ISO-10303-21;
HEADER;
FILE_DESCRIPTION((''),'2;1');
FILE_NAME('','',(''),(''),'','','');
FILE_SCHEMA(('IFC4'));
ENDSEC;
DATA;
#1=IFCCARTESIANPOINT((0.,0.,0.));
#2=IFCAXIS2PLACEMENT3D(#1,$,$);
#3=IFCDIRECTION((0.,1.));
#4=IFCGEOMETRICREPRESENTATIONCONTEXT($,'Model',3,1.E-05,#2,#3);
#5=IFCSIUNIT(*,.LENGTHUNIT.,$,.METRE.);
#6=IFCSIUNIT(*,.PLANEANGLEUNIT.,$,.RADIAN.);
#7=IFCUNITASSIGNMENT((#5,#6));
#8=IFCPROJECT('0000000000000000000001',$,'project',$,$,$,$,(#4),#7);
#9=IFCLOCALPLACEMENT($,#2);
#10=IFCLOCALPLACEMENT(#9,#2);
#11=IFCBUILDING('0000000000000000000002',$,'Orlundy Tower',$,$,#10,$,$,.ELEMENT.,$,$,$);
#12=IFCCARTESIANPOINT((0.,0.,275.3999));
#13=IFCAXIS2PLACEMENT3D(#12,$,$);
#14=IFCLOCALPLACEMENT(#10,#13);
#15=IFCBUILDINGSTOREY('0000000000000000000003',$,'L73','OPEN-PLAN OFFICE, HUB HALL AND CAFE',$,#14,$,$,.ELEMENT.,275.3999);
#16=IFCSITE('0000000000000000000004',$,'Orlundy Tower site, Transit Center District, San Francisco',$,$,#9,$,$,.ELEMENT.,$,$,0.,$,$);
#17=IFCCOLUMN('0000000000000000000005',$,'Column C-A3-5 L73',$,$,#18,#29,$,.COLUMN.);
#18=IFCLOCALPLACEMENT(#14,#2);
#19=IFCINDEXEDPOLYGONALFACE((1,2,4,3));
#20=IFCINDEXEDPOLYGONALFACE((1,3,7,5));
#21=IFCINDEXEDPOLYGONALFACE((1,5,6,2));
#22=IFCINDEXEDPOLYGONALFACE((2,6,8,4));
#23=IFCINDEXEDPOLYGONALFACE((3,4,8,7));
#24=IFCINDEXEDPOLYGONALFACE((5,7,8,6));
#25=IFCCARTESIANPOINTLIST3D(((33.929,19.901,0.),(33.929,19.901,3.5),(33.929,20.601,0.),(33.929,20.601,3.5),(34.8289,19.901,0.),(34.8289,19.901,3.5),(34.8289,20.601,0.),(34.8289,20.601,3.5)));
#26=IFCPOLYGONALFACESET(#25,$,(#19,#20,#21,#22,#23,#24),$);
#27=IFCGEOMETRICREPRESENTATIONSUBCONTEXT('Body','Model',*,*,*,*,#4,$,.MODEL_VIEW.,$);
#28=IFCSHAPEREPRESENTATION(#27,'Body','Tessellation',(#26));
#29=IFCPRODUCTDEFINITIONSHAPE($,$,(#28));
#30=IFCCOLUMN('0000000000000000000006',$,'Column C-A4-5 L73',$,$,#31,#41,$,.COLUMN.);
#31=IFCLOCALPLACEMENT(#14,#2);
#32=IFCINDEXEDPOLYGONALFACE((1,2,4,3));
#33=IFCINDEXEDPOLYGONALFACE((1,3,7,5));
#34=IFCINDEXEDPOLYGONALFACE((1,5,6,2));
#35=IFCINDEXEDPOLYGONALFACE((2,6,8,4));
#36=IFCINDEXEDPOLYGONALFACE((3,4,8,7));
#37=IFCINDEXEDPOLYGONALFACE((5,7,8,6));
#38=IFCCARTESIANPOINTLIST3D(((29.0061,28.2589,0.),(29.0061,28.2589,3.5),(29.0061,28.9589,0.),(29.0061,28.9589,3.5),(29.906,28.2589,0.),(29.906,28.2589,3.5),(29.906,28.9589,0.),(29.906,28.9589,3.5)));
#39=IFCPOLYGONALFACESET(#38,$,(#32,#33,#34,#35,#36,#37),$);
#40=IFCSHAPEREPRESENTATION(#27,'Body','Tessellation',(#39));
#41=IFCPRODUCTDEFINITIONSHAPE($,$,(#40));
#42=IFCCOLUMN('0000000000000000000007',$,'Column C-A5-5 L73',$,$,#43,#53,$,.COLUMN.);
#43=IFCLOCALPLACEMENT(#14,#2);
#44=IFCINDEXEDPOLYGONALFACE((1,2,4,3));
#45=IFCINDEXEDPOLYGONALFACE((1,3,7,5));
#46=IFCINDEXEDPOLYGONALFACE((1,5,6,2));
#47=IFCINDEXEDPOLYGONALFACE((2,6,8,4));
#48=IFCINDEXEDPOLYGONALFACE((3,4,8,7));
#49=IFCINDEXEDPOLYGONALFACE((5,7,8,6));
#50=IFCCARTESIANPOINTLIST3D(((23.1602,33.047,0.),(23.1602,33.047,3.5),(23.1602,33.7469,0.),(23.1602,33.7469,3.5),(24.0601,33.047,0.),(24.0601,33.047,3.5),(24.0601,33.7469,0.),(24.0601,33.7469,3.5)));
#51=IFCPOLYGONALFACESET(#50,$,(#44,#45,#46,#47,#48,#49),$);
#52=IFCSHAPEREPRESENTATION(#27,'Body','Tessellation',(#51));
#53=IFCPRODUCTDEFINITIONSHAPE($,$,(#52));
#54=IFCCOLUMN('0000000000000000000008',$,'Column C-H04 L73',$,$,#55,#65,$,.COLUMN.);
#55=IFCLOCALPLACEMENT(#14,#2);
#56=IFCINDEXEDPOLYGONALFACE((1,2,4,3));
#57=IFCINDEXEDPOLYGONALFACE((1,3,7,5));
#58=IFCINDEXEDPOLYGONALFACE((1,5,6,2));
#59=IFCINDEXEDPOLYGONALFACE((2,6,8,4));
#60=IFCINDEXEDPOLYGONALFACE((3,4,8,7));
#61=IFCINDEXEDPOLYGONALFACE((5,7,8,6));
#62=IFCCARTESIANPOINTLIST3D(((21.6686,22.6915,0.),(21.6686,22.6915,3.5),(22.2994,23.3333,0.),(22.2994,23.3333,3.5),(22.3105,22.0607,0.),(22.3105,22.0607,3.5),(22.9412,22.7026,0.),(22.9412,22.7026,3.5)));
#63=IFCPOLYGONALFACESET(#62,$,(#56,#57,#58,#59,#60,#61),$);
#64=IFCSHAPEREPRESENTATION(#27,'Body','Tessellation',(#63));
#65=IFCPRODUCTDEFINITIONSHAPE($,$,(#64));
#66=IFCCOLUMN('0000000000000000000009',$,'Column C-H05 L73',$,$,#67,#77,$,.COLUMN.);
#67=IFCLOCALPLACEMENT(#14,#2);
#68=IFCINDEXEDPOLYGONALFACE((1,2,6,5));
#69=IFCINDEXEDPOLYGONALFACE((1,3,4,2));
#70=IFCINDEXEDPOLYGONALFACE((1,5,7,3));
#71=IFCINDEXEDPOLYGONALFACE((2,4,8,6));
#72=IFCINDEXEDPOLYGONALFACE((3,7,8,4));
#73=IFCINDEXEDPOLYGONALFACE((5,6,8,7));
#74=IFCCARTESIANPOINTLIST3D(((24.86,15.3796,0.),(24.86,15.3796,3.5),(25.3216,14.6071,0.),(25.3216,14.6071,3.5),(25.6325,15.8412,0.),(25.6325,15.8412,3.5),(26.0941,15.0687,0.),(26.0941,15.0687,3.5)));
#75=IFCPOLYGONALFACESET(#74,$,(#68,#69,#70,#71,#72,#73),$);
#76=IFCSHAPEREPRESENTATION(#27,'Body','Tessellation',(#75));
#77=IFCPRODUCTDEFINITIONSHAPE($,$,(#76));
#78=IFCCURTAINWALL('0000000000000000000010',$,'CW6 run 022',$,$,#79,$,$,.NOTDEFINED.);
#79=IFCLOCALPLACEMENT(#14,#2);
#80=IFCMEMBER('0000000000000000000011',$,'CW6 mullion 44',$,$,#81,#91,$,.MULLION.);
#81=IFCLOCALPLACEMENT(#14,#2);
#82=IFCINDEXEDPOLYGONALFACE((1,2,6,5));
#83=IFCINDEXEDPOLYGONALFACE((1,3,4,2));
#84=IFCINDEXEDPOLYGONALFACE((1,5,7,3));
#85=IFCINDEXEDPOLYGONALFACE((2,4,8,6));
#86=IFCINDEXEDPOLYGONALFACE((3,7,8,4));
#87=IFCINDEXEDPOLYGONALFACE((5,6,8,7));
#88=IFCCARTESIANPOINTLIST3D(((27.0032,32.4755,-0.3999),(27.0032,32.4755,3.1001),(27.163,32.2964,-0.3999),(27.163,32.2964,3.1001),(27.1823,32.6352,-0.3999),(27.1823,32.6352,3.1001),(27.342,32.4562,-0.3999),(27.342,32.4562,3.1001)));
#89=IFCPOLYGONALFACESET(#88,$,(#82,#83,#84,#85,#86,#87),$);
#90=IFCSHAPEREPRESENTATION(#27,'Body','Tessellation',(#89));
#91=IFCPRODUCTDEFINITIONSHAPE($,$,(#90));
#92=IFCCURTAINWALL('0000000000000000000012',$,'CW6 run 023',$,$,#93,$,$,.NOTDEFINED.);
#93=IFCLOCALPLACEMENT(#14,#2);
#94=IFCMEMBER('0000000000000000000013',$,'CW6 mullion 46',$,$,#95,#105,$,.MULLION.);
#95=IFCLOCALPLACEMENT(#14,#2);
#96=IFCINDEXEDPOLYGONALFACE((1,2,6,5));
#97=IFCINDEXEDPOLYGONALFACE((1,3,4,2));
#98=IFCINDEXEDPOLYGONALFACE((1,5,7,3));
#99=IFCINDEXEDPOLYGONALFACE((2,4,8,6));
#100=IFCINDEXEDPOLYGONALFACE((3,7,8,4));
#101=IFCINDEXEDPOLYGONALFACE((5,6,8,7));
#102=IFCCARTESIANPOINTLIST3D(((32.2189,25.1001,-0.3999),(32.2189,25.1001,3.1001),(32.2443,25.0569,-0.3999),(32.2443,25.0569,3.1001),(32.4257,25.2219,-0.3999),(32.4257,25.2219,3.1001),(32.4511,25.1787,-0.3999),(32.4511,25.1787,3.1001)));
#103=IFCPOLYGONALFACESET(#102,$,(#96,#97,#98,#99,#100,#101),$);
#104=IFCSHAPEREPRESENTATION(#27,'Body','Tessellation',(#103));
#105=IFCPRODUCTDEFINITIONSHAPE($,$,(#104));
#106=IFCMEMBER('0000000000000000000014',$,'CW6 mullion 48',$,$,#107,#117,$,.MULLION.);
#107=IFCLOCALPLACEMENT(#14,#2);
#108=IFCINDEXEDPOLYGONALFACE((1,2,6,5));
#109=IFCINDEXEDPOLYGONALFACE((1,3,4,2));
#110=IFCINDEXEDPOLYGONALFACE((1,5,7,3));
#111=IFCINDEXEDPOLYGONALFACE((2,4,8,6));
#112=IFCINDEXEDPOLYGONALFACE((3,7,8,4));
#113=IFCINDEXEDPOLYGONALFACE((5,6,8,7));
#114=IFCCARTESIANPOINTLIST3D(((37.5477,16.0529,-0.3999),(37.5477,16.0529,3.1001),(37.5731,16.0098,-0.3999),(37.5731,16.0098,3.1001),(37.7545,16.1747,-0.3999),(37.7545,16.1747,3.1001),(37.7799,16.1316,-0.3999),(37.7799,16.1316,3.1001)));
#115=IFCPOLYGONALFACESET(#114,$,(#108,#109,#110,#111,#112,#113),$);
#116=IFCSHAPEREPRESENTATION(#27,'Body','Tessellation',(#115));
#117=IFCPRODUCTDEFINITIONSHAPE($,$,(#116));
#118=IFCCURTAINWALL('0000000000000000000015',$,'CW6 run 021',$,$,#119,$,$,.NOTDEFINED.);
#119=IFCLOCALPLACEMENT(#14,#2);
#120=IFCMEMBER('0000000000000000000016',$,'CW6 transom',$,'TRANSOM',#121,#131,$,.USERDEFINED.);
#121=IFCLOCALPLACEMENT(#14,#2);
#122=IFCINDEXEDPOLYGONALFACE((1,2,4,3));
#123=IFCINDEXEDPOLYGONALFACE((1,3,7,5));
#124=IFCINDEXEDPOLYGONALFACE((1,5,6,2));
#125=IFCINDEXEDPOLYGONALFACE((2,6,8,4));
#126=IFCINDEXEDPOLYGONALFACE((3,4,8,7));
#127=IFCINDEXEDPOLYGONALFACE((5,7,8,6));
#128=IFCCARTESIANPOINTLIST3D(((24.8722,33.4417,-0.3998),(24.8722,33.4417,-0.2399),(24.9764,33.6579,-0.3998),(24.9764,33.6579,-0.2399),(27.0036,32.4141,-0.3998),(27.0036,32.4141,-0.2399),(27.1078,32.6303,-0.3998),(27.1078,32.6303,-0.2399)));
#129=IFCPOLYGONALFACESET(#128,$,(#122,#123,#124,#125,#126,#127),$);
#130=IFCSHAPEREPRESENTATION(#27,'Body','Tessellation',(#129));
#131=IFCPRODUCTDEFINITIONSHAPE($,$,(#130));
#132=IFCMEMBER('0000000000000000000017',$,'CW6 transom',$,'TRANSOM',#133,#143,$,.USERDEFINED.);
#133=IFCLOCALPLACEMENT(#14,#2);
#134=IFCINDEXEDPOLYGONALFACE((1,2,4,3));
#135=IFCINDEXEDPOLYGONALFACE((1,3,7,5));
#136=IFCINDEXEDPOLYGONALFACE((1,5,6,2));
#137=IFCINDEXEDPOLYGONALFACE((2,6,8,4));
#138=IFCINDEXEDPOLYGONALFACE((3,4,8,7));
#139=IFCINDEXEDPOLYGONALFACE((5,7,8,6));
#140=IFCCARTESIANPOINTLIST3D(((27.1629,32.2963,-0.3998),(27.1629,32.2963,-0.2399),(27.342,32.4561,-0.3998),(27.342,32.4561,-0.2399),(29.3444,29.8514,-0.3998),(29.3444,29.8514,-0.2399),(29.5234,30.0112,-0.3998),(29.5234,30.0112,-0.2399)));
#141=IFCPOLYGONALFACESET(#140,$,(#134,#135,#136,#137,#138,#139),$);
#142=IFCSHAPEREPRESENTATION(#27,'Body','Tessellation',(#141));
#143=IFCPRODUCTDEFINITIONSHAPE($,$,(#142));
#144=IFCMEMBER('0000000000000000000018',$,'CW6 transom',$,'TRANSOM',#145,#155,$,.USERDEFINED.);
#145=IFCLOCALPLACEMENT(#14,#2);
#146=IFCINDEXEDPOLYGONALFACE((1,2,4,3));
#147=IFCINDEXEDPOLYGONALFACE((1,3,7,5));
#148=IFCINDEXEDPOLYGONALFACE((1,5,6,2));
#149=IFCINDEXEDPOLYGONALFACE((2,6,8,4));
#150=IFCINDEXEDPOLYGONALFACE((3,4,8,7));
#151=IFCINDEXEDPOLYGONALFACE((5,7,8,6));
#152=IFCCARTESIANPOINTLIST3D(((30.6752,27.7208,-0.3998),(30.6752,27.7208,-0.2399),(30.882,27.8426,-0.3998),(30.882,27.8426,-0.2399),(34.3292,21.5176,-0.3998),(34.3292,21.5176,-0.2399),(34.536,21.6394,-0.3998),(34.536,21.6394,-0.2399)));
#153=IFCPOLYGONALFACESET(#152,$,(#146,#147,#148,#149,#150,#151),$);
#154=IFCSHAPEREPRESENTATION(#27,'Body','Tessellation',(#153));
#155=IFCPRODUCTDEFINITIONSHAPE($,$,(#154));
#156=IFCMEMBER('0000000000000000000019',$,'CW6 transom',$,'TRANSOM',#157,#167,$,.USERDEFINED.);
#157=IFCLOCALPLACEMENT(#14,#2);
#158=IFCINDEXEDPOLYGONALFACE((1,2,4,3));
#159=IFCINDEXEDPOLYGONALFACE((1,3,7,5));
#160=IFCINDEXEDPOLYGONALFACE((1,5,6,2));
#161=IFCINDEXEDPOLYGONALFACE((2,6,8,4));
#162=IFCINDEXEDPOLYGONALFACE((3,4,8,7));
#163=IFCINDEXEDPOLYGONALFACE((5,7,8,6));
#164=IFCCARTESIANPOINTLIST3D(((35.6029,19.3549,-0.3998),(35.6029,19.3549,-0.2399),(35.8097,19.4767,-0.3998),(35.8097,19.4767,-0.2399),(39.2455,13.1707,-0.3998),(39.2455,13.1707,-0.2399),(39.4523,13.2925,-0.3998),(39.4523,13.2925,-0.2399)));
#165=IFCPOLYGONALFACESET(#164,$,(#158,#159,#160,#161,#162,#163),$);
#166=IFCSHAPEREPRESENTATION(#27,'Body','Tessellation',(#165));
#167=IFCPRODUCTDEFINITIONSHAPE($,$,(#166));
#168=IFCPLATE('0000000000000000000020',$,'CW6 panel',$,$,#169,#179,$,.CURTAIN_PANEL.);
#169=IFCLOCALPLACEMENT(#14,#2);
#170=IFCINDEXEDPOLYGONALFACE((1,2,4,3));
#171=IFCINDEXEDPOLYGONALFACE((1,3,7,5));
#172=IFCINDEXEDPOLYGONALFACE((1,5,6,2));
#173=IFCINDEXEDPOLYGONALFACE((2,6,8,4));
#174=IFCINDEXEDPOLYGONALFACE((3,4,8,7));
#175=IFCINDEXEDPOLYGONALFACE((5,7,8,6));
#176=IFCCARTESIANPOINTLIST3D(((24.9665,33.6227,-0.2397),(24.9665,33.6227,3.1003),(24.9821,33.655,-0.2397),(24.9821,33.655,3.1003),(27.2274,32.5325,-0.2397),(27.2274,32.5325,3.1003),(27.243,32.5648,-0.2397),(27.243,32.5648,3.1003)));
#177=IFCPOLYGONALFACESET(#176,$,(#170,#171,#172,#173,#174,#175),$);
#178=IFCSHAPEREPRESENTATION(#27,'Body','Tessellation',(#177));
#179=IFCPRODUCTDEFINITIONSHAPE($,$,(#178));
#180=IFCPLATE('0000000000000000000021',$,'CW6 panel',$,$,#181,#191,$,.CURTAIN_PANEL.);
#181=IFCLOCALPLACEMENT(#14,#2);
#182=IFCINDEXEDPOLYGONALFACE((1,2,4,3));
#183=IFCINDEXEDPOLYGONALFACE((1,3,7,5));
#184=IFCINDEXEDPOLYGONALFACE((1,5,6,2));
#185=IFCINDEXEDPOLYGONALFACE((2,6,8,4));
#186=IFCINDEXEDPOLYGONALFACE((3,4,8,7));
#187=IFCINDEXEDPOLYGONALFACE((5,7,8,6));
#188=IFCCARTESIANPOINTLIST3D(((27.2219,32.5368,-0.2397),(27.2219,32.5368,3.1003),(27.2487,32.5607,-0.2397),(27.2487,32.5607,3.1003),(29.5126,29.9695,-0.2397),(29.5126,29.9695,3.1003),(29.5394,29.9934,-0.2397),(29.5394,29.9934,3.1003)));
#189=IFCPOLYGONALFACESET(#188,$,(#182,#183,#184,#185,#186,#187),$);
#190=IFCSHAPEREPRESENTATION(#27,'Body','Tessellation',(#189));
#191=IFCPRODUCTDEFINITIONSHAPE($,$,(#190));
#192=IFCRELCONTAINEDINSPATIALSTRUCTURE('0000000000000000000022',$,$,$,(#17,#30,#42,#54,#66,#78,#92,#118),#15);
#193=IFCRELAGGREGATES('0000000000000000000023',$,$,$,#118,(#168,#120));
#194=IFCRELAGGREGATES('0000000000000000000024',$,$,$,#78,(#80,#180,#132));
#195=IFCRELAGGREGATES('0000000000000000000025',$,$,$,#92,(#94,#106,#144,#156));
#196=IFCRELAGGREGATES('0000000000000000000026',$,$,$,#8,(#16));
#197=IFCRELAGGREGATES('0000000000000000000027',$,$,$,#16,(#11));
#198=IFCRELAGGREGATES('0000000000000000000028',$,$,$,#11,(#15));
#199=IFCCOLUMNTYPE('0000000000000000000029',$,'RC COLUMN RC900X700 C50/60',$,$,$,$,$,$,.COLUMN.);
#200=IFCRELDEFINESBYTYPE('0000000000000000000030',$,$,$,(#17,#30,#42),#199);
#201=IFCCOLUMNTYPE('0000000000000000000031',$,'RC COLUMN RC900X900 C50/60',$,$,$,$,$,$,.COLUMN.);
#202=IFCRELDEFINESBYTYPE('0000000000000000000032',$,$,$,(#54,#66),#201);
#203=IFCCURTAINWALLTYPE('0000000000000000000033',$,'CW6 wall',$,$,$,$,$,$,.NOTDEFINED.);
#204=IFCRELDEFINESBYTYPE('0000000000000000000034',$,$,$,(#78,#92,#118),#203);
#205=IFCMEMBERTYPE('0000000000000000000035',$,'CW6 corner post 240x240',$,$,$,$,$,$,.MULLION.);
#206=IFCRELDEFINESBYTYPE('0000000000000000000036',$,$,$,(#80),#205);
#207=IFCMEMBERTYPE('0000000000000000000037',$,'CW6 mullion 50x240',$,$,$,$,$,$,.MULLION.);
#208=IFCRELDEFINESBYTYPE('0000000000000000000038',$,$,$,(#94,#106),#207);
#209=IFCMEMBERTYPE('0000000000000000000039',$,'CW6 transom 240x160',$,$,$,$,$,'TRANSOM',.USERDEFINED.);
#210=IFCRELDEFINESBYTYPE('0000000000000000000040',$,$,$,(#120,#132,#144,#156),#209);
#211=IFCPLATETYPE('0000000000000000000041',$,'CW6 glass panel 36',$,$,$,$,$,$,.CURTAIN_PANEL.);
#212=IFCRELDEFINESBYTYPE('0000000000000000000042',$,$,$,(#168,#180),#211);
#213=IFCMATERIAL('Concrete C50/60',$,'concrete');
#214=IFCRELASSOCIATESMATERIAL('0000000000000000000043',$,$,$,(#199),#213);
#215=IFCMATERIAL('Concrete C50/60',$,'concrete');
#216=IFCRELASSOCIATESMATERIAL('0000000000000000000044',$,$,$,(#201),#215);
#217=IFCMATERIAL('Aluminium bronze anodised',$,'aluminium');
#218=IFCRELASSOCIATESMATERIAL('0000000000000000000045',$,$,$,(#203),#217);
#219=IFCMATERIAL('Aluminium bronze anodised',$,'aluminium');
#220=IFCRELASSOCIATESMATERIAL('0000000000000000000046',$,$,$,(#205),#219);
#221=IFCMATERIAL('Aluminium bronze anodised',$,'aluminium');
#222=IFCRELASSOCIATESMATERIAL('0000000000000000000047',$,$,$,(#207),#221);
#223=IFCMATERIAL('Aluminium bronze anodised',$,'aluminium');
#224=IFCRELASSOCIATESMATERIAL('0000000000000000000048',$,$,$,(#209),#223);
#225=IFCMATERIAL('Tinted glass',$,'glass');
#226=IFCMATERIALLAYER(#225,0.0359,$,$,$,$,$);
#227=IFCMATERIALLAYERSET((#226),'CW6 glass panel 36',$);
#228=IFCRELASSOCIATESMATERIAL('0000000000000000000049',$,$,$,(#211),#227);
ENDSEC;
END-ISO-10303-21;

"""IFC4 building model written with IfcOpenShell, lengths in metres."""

from ifc_helpers import new_model, si_unit, direction, frame, origin, origin_2d, place, context, subcontext, project, spatial, rectangle, extrude, material, layer, layer_set, material_profile, profile_set, type_object, element, aggregate, save


model = new_model("IFC4")

# Units and contexts
model_context = context("Model", 3, precision=1e-05, world=origin(), true_north=direction((0.0, 1.0)))
body_context = subcontext(model_context, "Body", "Model", "MODEL_VIEW")
ifc_project = project(units=[si_unit("LENGTHUNIT", "METRE"), si_unit("PLANEANGLEUNIT", "RADIAN")], contexts=[model_context])

# Site, building, storey
site_placement = place(None, origin())
site = spatial("IfcSite", under=ifc_project, at=site_placement, Name="Orlundy Tower site, Transit Center District, San Francisco", CompositionType="ELEMENT", RefElevation=0.0)
building_placement = place(site_placement, origin())
building = spatial("IfcBuilding", under=site, at=building_placement, Name="Orlundy Tower", CompositionType="ELEMENT")
storey_placement = place(building_placement, frame((0.0, 0.0, 275.3999)))
storey = spatial("IfcBuildingStorey", under=building, at=storey_placement, Name="L73", Description="OPEN-PLAN OFFICE, HUB HALL AND CAFE", CompositionType="ELEMENT", Elevation=275.3999)

# Columns
ifc_material_1 = material(Name="Concrete C50/60", Category="concrete")
ifc_material_profile_1 = material_profile(ifc_material_1, rectangle(XDim=0.8999, YDim=0.7, at=origin_2d()), Name="RC900X700")
ifc_profile_set_1 = profile_set([ifc_material_profile_1], Name="Concrete C50/60")
column_type_1 = type_object("IfcColumnType", Name="RC COLUMN RC900X700 C50/60", PredefinedType="COLUMN", material=ifc_profile_set_1)
for number, where, z_axis, x_axis, name in (
    (1, (34.3789, 20.251, 0.0), (0.0, 0.0, 1.0), (1.0, 0.0, 0.0), "Column C-A3-5 L73"),
    (2, (29.4561, 28.6089, 0.0), (0.0, 0.0, 1.0), (1.0, 0.0, 0.0), "Column C-A4-5 L73"),
    (3, (23.6101, 33.397, 0.0), (0.0, 0.0, 1.0), (1.0, 0.0, 0.0), "Column C-A5-5 L73"),
):
    element("IfcColumn", number, at=place(storey_placement, frame(where, z_axis=z_axis, x_axis=x_axis)), inside=storey, type_object=column_type_1, Name=name, PredefinedType="COLUMN", context=body_context, shape_type="SweptSolid", body=[
        extrude(rectangle(XDim=0.8999, YDim=0.7, at=origin_2d()), origin(), (0.0, 0.0, 1.0), 3.5),
    ])
ifc_material_2 = material(Name="Concrete C50/60", Category="concrete")
ifc_material_profile_2 = material_profile(ifc_material_2, rectangle(XDim=0.8999, YDim=0.8999, at=origin_2d()), Name="RC900X900")
ifc_profile_set_2 = profile_set([ifc_material_profile_2], Name="Concrete C50/60")
column_type_2 = type_object("IfcColumnType", Name="RC COLUMN RC900X900 C50/60", PredefinedType="COLUMN", material=ifc_profile_set_2)
for number, where, z_axis, x_axis, name in (
    (4, (22.3049, 22.697, 0.0), (0.0, 0.0, 1.0), (0.700922, 0.713238, 0.0), "Column C-H04 L73"),
    (5, (25.4771, 15.2241, 0.0), (0.0, 0.0, 1.0), (0.858414, 0.512957, 0.0), "Column C-H05 L73"),
):
    element("IfcColumn", number, at=place(storey_placement, frame(where, z_axis=z_axis, x_axis=x_axis)), inside=storey, type_object=column_type_2, Name=name, PredefinedType="COLUMN", context=body_context, shape_type="SweptSolid", body=[
        extrude(rectangle(XDim=0.8999, YDim=0.8999, at=origin_2d()), origin(), (0.0, 0.0, 1.0), 3.5),
    ])

# Curtain wall, member
ifc_material_3 = material(Name="Aluminium bronze anodised", Category="aluminium")
curtain_wall_type = type_object("IfcCurtainWallType", Name="CW6 wall", PredefinedType="NOTDEFINED", material=ifc_material_3)
curtain_wall_1_placement = place(storey_placement, origin())
curtain_wall_1 = element("IfcCurtainWall", 6, at=curtain_wall_1_placement, inside=storey, type_object=curtain_wall_type, Name="CW6 run 022", PredefinedType="NOTDEFINED")
ifc_material_4 = material(Name="Aluminium bronze anodised", Category="aluminium")
ifc_material_profile_3 = material_profile(ifc_material_4, rectangle(XDim=0.24, YDim=0.24, at=origin_2d()), Name="CW6 corner post 240x240")
ifc_profile_set_3 = profile_set([ifc_material_profile_3], Name="Aluminium bronze anodised")
member_type_1 = type_object("IfcMemberType", Name="CW6 corner post 240x240", PredefinedType="MULLION", material=ifc_profile_set_3)
member_1_placement = place(storey_placement, frame((27.1726, 32.4658, -0.3999), z_axis=(0.0, 0.0, 1.0), x_axis=(0.746158, 0.665769, 0.0)))
member_1 = element("IfcMember", 7, at=member_1_placement, type_object=member_type_1, Name="CW6 mullion 44", PredefinedType="MULLION", context=body_context, shape_type="SweptSolid", body=[
    extrude(rectangle(XDim=0.24, YDim=0.24, at=origin_2d()), origin(), (0.0, 0.0, 1.0), 3.5),
])

# Curtain wall, members
curtain_wall_2_placement = place(storey_placement, origin())
curtain_wall_2 = element("IfcCurtainWall", 8, at=curtain_wall_2_placement, inside=storey, type_object=curtain_wall_type, Name="CW6 run 023", PredefinedType="NOTDEFINED")
ifc_material_5 = material(Name="Aluminium bronze anodised", Category="aluminium")
ifc_material_profile_4 = material_profile(ifc_material_5, rectangle(XDim=0.24, YDim=0.05, at=origin_2d()), Name="CW6 mullion 50x240")
ifc_profile_set_4 = profile_set([ifc_material_profile_4], Name="Aluminium bronze anodised")
member_type_2 = type_object("IfcMemberType", Name="CW6 mullion 50x240", PredefinedType="MULLION", material=ifc_profile_set_4)
member_2_placement = place(storey_placement, frame((32.335, 25.1394, -0.3999), z_axis=(0.0, 0.0, 1.0), x_axis=(0.861633, 0.507532, 0.0)))
member_2 = element("IfcMember", 9, at=member_2_placement, type_object=member_type_2, Name="CW6 mullion 46", PredefinedType="MULLION", context=body_context, shape_type="SweptSolid", body=[
    extrude(rectangle(XDim=0.24, YDim=0.05, at=origin_2d()), origin(), (0.0, 0.0, 1.0), 3.5),
])
member_3_placement = place(storey_placement, frame((37.6638, 16.0923, -0.3999), z_axis=(0.0, 0.0, 1.0), x_axis=(0.861633, 0.507532, 0.0)))
member_3 = element("IfcMember", 10, at=member_3_placement, type_object=member_type_2, Name="CW6 mullion 48", PredefinedType="MULLION", context=body_context, shape_type="SweptSolid", body=[
    extrude(rectangle(XDim=0.24, YDim=0.05, at=origin_2d()), origin(), (0.0, 0.0, 1.0), 3.5),
])

# Curtain wall, member
curtain_wall_3_placement = place(storey_placement, origin())
curtain_wall_3 = element("IfcCurtainWall", 11, at=curtain_wall_3_placement, inside=storey, type_object=curtain_wall_type, Name="CW6 run 021", PredefinedType="NOTDEFINED")
ifc_material_6 = material(Name="Aluminium bronze anodised", Category="aluminium")
ifc_material_profile_5 = material_profile(ifc_material_6, rectangle(XDim=0.24, YDim=0.1599, at=origin_2d()), Name="CW6 transom 240x160")
ifc_profile_set_5 = profile_set([ifc_material_profile_5], Name="Aluminium bronze anodised")
member_type_3 = type_object("IfcMemberType", Name="CW6 transom 240x160", ElementType="TRANSOM", PredefinedType="USERDEFINED", material=ifc_profile_set_5)
member_4_placement = place(storey_placement, frame((24.9243, 33.5498, -0.3198), z_axis=(0.900773, -0.43429, 0.0), x_axis=(0.43429, 0.900773, 0.0)))
member_4 = element("IfcMember", 12, at=member_4_placement, type_object=member_type_3, Name="CW6 transom", ObjectType="TRANSOM", PredefinedType="USERDEFINED", context=body_context, shape_type="SweptSolid", body=[
    extrude(rectangle(XDim=0.24, YDim=0.1599, at=origin_2d()), origin(), (0.0, 0.0, 1.0), 2.3662),
])

# Members
member_5_placement = place(storey_placement, frame((27.2524, 32.3762, -0.3198), z_axis=(0.665764, -0.746162, 0.0), x_axis=(0.746162, 0.665764, 0.0)))
member_5 = element("IfcMember", 13, at=member_5_placement, type_object=member_type_3, Name="CW6 transom", ObjectType="TRANSOM", PredefinedType="USERDEFINED", context=body_context, shape_type="SweptSolid", body=[
    extrude(rectangle(XDim=0.24, YDim=0.1599, at=origin_2d()), origin(), (0.0, 0.0, 1.0), 3.2766),
])
member_6_placement = place(storey_placement, frame((30.7786, 27.7817, -0.3198), z_axis=(0.507537, -0.86163, 0.0), x_axis=(0.86163, 0.507537, 0.0)))
member_6 = element("IfcMember", 14, at=member_6_placement, type_object=member_type_3, Name="CW6 transom", ObjectType="TRANSOM", PredefinedType="USERDEFINED", context=body_context, shape_type="SweptSolid", body=[
    extrude(rectangle(XDim=0.24, YDim=0.1599, at=origin_2d()), origin(), (0.0, 0.0, 1.0), 7.1995),
])
member_7_placement = place(storey_placement, frame((35.7063, 19.4158, -0.3198), z_axis=(0.507525, -0.861637, 0.0), x_axis=(0.861637, 0.507525, 0.0)))
member_7 = element("IfcMember", 15, at=member_7_placement, type_object=member_type_3, Name="CW6 transom", ObjectType="TRANSOM", PredefinedType="USERDEFINED", context=body_context, shape_type="SweptSolid", body=[
    extrude(rectangle(XDim=0.24, YDim=0.1599, at=origin_2d()), origin(), (0.0, 0.0, 1.0), 7.1772),
])

# Plates
ifc_material_7 = material(Name="Tinted glass", Category="glass")
ifc_layer = layer(ifc_material_7, 0.0359)
ifc_layer_set = layer_set([ifc_layer], Name="CW6 glass panel 36")
plate_type = type_object("IfcPlateType", Name="CW6 glass panel 36", PredefinedType="CURTAIN_PANEL", material=ifc_layer_set)
plate_1_placement = place(storey_placement, frame((26.1047, 33.0938, -0.2397), z_axis=(0.0, 0.0, 1.0), x_axis=(0.900755, -0.434327, 0.0)))
plate_1 = element("IfcPlate", 16, at=plate_1_placement, type_object=plate_type, Name="CW6 panel", PredefinedType="CURTAIN_PANEL", context=body_context, shape_type="SweptSolid", body=[
    extrude(rectangle(XDim=2.51, YDim=0.0359, at=origin_2d()), origin(), (0.0, 0.0, 1.0), 3.3401),
])
aggregate(curtain_wall_3, [plate_1, member_4])
plate_2_placement = place(storey_placement, frame((28.3806, 31.2651, -0.2397), z_axis=(0.0, 0.0, 1.0), x_axis=(0.665769, -0.746158, 0.0)))
plate_2 = element("IfcPlate", 17, at=plate_2_placement, type_object=plate_type, Name="CW6 panel", PredefinedType="CURTAIN_PANEL", context=body_context, shape_type="SweptSolid", body=[
    extrude(rectangle(XDim=3.4407, YDim=0.0359, at=origin_2d()), origin(), (0.0, 0.0, 1.0), 3.3401),
])
aggregate(curtain_wall_1, [member_1, plate_2, member_5])
aggregate(curtain_wall_2, [member_2, member_3, member_6, member_7])

save(model, "model.ifc")
